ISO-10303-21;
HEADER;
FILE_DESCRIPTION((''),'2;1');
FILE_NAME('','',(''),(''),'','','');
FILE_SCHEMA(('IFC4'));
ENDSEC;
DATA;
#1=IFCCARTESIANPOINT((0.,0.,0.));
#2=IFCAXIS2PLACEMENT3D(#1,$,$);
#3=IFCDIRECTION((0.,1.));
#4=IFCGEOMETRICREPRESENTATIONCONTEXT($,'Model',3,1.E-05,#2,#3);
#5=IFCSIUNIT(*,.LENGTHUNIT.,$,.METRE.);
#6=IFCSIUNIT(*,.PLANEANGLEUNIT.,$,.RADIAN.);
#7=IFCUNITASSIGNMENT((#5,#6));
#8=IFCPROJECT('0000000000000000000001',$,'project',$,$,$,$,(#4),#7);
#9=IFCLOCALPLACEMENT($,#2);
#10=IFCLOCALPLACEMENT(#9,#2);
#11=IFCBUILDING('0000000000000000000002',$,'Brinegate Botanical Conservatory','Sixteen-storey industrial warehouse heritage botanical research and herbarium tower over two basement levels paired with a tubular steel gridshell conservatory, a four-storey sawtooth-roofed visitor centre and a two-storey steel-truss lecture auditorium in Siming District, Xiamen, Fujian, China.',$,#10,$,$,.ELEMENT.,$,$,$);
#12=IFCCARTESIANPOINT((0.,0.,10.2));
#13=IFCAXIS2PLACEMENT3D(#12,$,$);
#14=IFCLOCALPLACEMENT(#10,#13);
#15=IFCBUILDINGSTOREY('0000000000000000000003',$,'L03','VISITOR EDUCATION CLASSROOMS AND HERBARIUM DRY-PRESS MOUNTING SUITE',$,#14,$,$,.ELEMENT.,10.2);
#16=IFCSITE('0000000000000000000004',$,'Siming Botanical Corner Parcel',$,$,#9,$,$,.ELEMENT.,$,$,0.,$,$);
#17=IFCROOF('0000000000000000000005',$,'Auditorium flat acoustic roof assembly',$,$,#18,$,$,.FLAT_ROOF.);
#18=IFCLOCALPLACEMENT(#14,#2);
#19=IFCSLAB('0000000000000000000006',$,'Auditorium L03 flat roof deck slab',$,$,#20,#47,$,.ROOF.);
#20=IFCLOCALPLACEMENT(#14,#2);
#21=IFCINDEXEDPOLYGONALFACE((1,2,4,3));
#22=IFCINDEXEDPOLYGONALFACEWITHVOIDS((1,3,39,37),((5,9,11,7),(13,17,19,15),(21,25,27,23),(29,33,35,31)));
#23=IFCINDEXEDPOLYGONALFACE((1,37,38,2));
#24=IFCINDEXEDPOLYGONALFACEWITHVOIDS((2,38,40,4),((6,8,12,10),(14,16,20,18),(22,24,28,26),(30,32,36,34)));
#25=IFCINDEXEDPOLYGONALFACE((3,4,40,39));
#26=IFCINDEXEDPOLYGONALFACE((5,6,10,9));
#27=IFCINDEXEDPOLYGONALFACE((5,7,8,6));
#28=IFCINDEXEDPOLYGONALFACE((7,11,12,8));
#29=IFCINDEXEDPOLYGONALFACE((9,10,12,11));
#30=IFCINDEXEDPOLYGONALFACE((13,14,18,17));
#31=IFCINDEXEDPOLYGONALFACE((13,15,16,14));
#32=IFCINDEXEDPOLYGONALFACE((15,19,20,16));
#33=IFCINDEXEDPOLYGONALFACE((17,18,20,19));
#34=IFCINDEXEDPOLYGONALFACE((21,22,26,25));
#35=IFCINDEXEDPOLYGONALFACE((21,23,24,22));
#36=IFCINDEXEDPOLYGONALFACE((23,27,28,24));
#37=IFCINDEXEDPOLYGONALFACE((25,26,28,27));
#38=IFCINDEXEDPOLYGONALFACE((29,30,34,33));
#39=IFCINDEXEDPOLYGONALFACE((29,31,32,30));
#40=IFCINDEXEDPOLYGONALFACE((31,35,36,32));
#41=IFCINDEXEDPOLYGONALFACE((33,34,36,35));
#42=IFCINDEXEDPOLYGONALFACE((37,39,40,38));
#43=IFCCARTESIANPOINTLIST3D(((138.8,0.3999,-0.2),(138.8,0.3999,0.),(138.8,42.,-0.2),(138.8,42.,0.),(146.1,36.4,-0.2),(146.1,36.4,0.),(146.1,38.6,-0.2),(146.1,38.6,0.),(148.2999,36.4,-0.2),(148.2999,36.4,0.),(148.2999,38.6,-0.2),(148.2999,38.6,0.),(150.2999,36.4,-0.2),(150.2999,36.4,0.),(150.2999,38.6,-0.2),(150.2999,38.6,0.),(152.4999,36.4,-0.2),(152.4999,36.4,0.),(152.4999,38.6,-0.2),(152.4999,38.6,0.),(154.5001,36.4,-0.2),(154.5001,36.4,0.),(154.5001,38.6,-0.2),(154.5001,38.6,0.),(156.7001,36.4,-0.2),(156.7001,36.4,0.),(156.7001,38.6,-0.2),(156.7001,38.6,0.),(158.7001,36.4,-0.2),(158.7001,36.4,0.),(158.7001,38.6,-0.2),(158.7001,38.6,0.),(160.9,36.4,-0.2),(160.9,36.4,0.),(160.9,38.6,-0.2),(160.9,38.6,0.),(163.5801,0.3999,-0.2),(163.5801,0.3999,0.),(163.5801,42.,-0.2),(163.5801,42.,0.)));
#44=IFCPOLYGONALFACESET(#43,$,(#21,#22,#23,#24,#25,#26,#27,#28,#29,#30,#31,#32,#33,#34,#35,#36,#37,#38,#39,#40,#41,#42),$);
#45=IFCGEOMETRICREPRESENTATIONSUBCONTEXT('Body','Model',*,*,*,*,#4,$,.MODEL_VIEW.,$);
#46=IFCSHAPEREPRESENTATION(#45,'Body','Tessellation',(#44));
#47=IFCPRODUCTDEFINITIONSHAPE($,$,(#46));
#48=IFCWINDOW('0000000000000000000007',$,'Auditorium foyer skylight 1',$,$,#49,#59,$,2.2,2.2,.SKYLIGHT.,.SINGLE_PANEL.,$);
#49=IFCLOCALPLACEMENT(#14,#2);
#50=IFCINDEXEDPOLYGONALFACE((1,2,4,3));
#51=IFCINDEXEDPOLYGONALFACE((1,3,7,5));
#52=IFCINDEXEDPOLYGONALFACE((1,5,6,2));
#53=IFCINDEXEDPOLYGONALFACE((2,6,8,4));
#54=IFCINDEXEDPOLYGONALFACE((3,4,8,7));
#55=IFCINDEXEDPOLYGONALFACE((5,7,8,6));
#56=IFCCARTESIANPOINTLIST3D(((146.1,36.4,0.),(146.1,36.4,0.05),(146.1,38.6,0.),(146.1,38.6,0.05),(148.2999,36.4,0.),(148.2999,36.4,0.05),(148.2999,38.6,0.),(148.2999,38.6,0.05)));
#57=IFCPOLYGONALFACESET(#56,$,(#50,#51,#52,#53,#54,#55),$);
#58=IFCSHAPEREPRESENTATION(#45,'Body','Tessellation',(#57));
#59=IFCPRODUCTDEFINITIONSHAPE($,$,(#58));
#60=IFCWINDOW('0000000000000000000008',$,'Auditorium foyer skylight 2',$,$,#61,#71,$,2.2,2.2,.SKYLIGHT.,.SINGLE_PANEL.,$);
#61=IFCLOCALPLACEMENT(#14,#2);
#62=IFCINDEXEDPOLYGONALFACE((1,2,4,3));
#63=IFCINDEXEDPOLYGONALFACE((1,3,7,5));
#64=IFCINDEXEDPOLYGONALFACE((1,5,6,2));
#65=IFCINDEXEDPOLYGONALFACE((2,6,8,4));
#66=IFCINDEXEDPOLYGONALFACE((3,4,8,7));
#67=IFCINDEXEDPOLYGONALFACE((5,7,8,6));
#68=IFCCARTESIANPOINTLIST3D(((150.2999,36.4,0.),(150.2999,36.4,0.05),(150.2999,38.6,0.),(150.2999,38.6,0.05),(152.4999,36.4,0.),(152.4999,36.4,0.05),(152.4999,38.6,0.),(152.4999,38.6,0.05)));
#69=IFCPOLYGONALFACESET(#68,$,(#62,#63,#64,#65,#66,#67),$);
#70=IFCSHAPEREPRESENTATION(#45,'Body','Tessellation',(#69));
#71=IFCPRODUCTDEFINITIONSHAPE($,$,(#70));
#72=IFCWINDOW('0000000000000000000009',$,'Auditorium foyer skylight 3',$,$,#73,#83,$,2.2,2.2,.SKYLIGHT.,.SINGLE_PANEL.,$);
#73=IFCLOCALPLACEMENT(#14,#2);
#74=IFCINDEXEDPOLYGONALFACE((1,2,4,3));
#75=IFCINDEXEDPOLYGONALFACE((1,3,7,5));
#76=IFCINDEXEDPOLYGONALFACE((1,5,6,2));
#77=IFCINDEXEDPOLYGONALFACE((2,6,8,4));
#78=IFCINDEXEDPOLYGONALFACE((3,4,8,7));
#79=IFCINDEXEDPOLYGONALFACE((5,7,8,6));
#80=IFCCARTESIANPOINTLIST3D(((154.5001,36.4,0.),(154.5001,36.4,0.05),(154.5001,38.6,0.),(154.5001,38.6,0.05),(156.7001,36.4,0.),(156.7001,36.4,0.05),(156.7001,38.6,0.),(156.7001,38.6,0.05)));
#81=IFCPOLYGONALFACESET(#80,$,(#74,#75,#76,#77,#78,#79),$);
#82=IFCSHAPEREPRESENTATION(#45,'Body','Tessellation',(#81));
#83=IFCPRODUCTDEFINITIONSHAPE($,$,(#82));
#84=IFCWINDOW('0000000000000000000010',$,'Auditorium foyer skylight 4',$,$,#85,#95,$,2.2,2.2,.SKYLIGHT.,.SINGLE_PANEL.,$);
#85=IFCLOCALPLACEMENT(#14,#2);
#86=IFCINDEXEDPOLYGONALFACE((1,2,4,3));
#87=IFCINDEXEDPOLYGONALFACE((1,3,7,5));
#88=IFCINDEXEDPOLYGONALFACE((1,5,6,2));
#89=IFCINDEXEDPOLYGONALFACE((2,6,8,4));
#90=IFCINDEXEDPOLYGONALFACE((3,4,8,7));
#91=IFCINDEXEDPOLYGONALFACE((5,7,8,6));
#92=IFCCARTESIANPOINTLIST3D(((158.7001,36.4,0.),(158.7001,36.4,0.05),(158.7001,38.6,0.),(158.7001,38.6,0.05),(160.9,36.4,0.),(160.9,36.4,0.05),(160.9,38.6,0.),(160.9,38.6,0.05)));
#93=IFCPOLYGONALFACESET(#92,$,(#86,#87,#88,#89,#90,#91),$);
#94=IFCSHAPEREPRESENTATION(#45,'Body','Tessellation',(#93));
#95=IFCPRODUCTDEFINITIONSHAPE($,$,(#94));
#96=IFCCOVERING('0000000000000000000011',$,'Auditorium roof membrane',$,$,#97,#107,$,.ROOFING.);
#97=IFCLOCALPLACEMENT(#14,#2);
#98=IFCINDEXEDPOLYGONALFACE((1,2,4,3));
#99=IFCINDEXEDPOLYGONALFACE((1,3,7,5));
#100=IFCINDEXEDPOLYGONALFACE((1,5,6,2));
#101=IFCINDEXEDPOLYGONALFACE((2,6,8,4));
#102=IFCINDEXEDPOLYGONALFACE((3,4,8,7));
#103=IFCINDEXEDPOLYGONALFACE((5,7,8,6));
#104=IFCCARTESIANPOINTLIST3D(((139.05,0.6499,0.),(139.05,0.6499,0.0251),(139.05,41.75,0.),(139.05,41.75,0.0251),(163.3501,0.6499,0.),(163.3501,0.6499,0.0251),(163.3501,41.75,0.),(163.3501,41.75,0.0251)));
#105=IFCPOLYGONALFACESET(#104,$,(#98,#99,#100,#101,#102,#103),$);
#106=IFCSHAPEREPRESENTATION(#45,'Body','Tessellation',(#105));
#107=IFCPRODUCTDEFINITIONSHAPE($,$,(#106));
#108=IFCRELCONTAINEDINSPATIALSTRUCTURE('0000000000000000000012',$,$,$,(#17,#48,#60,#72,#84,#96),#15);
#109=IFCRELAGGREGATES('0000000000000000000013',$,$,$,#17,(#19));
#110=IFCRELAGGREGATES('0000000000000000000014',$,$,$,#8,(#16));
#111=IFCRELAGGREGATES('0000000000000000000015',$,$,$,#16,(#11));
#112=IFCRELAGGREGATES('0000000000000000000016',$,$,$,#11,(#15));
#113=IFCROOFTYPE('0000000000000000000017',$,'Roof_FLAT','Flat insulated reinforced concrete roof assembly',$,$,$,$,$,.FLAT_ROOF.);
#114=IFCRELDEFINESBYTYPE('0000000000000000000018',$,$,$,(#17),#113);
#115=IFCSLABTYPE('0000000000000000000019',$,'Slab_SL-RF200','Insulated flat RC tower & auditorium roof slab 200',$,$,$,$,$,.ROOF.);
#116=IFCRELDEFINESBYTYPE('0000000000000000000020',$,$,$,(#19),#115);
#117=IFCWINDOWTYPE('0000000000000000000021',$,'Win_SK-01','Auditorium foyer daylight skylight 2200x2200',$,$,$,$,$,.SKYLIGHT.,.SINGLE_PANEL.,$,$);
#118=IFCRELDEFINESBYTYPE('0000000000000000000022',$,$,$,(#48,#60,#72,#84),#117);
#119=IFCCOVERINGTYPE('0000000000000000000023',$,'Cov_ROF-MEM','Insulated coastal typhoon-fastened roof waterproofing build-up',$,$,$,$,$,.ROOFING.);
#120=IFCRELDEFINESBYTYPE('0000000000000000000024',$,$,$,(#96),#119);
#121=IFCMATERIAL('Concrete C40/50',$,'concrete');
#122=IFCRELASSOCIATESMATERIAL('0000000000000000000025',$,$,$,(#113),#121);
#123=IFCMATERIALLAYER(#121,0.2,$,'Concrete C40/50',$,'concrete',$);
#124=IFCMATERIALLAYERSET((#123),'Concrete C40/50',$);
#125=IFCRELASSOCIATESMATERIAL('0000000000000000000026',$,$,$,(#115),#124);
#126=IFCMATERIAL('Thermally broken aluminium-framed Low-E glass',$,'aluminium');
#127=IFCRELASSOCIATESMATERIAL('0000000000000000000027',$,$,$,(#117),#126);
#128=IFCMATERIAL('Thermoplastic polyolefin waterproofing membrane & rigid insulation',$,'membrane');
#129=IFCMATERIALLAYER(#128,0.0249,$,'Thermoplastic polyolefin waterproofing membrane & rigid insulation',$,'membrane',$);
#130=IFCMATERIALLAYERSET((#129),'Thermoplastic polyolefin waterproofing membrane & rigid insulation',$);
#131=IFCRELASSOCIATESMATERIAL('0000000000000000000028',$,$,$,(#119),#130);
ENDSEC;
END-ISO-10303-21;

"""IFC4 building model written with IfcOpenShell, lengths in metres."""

from ifc_helpers import new_model, si_unit, direction, frame, origin, origin_2d, place, context, subcontext, project, spatial, polyline, rectangle, outline, extrude, material, layer, layer_set, type_object, element, fill, aggregate, save


model = new_model("IFC4")

# Units and contexts
model_context = context("Model", 3, precision=1e-05, world=origin(), true_north=direction((0.0, 1.0)))
body_context = subcontext(model_context, "Body", "Model", "MODEL_VIEW")
ifc_project = project(units=[si_unit("LENGTHUNIT", "METRE"), si_unit("PLANEANGLEUNIT", "RADIAN")], contexts=[model_context])

# Site, building, storey
site_placement = place(None, origin())
site = spatial("IfcSite", under=ifc_project, at=site_placement, Name="Siming Botanical Corner Parcel", CompositionType="ELEMENT", RefElevation=0.0)
building_placement = place(site_placement, origin())
building = spatial("IfcBuilding", under=site, at=building_placement, Name="Brinegate Botanical Conservatory", Description="Sixteen-storey industrial warehouse heritage botanical research and herbarium tower over two basement levels paired with a tubular steel gridshell conservatory, a four-storey sawtooth-roofed visitor centre and a two-storey steel-truss lecture auditorium in Siming District, Xiamen, Fujian, China.", CompositionType="ELEMENT")
storey_placement = place(building_placement, frame((0.0, 0.0, 10.2)))
storey = spatial("IfcBuildingStorey", under=building, at=storey_placement, Name="L03", Description="VISITOR EDUCATION CLASSROOMS AND HERBARIUM DRY-PRESS MOUNTING SUITE", CompositionType="ELEMENT", Elevation=10.2)

# Shared definitions
ifc_material_1 = material(Name="Concrete C40/50", Category="concrete")

# Roof, slab, openings, windows
roof_type_1 = type_object("IfcRoofType", Name="Roof_FLAT", Description="Flat insulated reinforced concrete roof assembly", PredefinedType="FLAT_ROOF", material=ifc_material_1)
roof_1_placement = place(storey_placement, origin())
roof_1 = element("IfcRoof", 1, at=roof_1_placement, inside=storey, type_object=roof_type_1, Name="Auditorium flat acoustic roof assembly", PredefinedType="FLAT_ROOF")
ifc_layer_1 = layer(ifc_material_1, 0.2, Name="Concrete C40/50", Category="concrete")
ifc_layer_set_1 = layer_set([ifc_layer_1], Name="Concrete C40/50")
slab_type_1 = type_object("IfcSlabType", Name="Slab_SL-RF200", Description="Insulated flat RC tower & auditorium roof slab 200", PredefinedType="ROOF", material=ifc_layer_set_1)
slab_1_placement = place(storey_placement, frame((0.0, 0.0, -0.2)))
slab_1 = element("IfcSlab", 2, at=slab_1_placement, type_object=slab_type_1, Name="Auditorium L03 flat roof deck slab", PredefinedType="ROOF", context=body_context, shape_type="SweptSolid", body=[
    extrude(outline(polyline([(138.8, 0.3999), (163.5801, 0.3999), (163.5801, 42.0), (138.8, 42.0), (138.8, 0.3999)])), origin(), (0.0, 0.0, 1.0), 0.2),
])
opening_1_placement = place(slab_1_placement, frame((147.2, 37.5, -0.01)))
opening_1 = element("IfcOpeningElement", 3, at=opening_1_placement, cuts=slab_1, PredefinedType="OPENING", context=body_context, shape_type="SweptSolid", body=[
    extrude(rectangle(XDim=2.2, YDim=2.2, at=origin_2d()), origin(), (0.0, 0.0, 1.0), 0.27),
])
opening_2_placement = place(slab_1_placement, frame((151.3999, 37.5, -0.01)))
opening_2 = element("IfcOpeningElement", 4, at=opening_2_placement, cuts=slab_1, PredefinedType="OPENING", context=body_context, shape_type="SweptSolid", body=[
    extrude(rectangle(XDim=2.2, YDim=2.2, at=origin_2d()), origin(), (0.0, 0.0, 1.0), 0.27),
])
opening_3_placement = place(slab_1_placement, frame((155.6001, 37.5, -0.01)))
opening_3 = element("IfcOpeningElement", 5, at=opening_3_placement, cuts=slab_1, PredefinedType="OPENING", context=body_context, shape_type="SweptSolid", body=[
    extrude(rectangle(XDim=2.2, YDim=2.2, at=origin_2d()), origin(), (0.0, 0.0, 1.0), 0.27),
])
opening_4_placement = place(slab_1_placement, frame((159.8, 37.5, -0.01)))
opening_4 = element("IfcOpeningElement", 6, at=opening_4_placement, cuts=slab_1, PredefinedType="OPENING", context=body_context, shape_type="SweptSolid", body=[
    extrude(rectangle(XDim=2.2, YDim=2.2, at=origin_2d()), origin(), (0.0, 0.0, 1.0), 0.27),
])
ifc_material_2 = material(Name="Thermally broken aluminium-framed Low-E glass", Category="aluminium")
window_type = type_object("IfcWindowType", Name="Win_SK-01", Description="Auditorium foyer daylight skylight 2200x2200", PartitioningType="SINGLE_PANEL", PredefinedType="SKYLIGHT", material=ifc_material_2)
window_1_placement = place(slab_1_placement, frame((147.2, 37.5, 0.2)))
window_1 = element("IfcWindow", 7, at=window_1_placement, inside=storey, type_object=window_type, Name="Auditorium foyer skylight 1", OverallHeight=2.2, OverallWidth=2.2, PartitioningType="SINGLE_PANEL", PredefinedType="SKYLIGHT", context=body_context, shape_type="SweptSolid", body=[
    extrude(rectangle(XDim=2.2, YDim=2.2, at=origin_2d()), origin(), (0.0, 0.0, 1.0), 0.05),
])
fill(opening_1, window_1)
window_2_placement = place(slab_1_placement, frame((151.3999, 37.5, 0.2)))
window_2 = element("IfcWindow", 8, at=window_2_placement, inside=storey, type_object=window_type, Name="Auditorium foyer skylight 2", OverallHeight=2.2, OverallWidth=2.2, PartitioningType="SINGLE_PANEL", PredefinedType="SKYLIGHT", context=body_context, shape_type="SweptSolid", body=[
    extrude(rectangle(XDim=2.2, YDim=2.2, at=origin_2d()), origin(), (0.0, 0.0, 1.0), 0.05),
])
fill(opening_2, window_2)
window_3_placement = place(slab_1_placement, frame((155.6001, 37.5, 0.2)))
window_3 = element("IfcWindow", 9, at=window_3_placement, inside=storey, type_object=window_type, Name="Auditorium foyer skylight 3", OverallHeight=2.2, OverallWidth=2.2, PartitioningType="SINGLE_PANEL", PredefinedType="SKYLIGHT", context=body_context, shape_type="SweptSolid", body=[
    extrude(rectangle(XDim=2.2, YDim=2.2, at=origin_2d()), origin(), (0.0, 0.0, 1.0), 0.05),
])
fill(opening_3, window_3)
window_4_placement = place(slab_1_placement, frame((159.8, 37.5, 0.2)))
window_4 = element("IfcWindow", 10, at=window_4_placement, inside=storey, type_object=window_type, Name="Auditorium foyer skylight 4", OverallHeight=2.2, OverallWidth=2.2, PartitioningType="SINGLE_PANEL", PredefinedType="SKYLIGHT", context=body_context, shape_type="SweptSolid", body=[
    extrude(rectangle(XDim=2.2, YDim=2.2, at=origin_2d()), origin(), (0.0, 0.0, 1.0), 0.05),
])
fill(opening_4, window_4)
aggregate(roof_1, [slab_1])

# Covering
ifc_material_3 = material(Name="Thermoplastic polyolefin waterproofing membrane & rigid insulation", Category="membrane")
ifc_layer_2 = layer(ifc_material_3, 0.0249, Name="Thermoplastic polyolefin waterproofing membrane & rigid insulation", Category="membrane")
ifc_layer_set_2 = layer_set([ifc_layer_2], Name="Thermoplastic polyolefin waterproofing membrane & rigid insulation")
covering_type = type_object("IfcCoveringType", Name="Cov_ROF-MEM", Description="Insulated coastal typhoon-fastened roof waterproofing build-up", PredefinedType="ROOFING", material=ifc_layer_set_2)
covering_placement = place(storey_placement, origin())
element("IfcCovering", 11, at=covering_placement, inside=storey, type_object=covering_type, Name="Auditorium roof membrane", PredefinedType="ROOFING", context=body_context, shape_type="SweptSolid", body=[
    extrude(outline(polyline([(139.05, 0.6499), (163.3501, 0.6499), (163.3501, 41.75), (139.05, 41.75), (139.05, 0.6499)])), origin(), (0.0, 0.0, 1.0), 0.0251),
])

save(model, "model.ifc")
